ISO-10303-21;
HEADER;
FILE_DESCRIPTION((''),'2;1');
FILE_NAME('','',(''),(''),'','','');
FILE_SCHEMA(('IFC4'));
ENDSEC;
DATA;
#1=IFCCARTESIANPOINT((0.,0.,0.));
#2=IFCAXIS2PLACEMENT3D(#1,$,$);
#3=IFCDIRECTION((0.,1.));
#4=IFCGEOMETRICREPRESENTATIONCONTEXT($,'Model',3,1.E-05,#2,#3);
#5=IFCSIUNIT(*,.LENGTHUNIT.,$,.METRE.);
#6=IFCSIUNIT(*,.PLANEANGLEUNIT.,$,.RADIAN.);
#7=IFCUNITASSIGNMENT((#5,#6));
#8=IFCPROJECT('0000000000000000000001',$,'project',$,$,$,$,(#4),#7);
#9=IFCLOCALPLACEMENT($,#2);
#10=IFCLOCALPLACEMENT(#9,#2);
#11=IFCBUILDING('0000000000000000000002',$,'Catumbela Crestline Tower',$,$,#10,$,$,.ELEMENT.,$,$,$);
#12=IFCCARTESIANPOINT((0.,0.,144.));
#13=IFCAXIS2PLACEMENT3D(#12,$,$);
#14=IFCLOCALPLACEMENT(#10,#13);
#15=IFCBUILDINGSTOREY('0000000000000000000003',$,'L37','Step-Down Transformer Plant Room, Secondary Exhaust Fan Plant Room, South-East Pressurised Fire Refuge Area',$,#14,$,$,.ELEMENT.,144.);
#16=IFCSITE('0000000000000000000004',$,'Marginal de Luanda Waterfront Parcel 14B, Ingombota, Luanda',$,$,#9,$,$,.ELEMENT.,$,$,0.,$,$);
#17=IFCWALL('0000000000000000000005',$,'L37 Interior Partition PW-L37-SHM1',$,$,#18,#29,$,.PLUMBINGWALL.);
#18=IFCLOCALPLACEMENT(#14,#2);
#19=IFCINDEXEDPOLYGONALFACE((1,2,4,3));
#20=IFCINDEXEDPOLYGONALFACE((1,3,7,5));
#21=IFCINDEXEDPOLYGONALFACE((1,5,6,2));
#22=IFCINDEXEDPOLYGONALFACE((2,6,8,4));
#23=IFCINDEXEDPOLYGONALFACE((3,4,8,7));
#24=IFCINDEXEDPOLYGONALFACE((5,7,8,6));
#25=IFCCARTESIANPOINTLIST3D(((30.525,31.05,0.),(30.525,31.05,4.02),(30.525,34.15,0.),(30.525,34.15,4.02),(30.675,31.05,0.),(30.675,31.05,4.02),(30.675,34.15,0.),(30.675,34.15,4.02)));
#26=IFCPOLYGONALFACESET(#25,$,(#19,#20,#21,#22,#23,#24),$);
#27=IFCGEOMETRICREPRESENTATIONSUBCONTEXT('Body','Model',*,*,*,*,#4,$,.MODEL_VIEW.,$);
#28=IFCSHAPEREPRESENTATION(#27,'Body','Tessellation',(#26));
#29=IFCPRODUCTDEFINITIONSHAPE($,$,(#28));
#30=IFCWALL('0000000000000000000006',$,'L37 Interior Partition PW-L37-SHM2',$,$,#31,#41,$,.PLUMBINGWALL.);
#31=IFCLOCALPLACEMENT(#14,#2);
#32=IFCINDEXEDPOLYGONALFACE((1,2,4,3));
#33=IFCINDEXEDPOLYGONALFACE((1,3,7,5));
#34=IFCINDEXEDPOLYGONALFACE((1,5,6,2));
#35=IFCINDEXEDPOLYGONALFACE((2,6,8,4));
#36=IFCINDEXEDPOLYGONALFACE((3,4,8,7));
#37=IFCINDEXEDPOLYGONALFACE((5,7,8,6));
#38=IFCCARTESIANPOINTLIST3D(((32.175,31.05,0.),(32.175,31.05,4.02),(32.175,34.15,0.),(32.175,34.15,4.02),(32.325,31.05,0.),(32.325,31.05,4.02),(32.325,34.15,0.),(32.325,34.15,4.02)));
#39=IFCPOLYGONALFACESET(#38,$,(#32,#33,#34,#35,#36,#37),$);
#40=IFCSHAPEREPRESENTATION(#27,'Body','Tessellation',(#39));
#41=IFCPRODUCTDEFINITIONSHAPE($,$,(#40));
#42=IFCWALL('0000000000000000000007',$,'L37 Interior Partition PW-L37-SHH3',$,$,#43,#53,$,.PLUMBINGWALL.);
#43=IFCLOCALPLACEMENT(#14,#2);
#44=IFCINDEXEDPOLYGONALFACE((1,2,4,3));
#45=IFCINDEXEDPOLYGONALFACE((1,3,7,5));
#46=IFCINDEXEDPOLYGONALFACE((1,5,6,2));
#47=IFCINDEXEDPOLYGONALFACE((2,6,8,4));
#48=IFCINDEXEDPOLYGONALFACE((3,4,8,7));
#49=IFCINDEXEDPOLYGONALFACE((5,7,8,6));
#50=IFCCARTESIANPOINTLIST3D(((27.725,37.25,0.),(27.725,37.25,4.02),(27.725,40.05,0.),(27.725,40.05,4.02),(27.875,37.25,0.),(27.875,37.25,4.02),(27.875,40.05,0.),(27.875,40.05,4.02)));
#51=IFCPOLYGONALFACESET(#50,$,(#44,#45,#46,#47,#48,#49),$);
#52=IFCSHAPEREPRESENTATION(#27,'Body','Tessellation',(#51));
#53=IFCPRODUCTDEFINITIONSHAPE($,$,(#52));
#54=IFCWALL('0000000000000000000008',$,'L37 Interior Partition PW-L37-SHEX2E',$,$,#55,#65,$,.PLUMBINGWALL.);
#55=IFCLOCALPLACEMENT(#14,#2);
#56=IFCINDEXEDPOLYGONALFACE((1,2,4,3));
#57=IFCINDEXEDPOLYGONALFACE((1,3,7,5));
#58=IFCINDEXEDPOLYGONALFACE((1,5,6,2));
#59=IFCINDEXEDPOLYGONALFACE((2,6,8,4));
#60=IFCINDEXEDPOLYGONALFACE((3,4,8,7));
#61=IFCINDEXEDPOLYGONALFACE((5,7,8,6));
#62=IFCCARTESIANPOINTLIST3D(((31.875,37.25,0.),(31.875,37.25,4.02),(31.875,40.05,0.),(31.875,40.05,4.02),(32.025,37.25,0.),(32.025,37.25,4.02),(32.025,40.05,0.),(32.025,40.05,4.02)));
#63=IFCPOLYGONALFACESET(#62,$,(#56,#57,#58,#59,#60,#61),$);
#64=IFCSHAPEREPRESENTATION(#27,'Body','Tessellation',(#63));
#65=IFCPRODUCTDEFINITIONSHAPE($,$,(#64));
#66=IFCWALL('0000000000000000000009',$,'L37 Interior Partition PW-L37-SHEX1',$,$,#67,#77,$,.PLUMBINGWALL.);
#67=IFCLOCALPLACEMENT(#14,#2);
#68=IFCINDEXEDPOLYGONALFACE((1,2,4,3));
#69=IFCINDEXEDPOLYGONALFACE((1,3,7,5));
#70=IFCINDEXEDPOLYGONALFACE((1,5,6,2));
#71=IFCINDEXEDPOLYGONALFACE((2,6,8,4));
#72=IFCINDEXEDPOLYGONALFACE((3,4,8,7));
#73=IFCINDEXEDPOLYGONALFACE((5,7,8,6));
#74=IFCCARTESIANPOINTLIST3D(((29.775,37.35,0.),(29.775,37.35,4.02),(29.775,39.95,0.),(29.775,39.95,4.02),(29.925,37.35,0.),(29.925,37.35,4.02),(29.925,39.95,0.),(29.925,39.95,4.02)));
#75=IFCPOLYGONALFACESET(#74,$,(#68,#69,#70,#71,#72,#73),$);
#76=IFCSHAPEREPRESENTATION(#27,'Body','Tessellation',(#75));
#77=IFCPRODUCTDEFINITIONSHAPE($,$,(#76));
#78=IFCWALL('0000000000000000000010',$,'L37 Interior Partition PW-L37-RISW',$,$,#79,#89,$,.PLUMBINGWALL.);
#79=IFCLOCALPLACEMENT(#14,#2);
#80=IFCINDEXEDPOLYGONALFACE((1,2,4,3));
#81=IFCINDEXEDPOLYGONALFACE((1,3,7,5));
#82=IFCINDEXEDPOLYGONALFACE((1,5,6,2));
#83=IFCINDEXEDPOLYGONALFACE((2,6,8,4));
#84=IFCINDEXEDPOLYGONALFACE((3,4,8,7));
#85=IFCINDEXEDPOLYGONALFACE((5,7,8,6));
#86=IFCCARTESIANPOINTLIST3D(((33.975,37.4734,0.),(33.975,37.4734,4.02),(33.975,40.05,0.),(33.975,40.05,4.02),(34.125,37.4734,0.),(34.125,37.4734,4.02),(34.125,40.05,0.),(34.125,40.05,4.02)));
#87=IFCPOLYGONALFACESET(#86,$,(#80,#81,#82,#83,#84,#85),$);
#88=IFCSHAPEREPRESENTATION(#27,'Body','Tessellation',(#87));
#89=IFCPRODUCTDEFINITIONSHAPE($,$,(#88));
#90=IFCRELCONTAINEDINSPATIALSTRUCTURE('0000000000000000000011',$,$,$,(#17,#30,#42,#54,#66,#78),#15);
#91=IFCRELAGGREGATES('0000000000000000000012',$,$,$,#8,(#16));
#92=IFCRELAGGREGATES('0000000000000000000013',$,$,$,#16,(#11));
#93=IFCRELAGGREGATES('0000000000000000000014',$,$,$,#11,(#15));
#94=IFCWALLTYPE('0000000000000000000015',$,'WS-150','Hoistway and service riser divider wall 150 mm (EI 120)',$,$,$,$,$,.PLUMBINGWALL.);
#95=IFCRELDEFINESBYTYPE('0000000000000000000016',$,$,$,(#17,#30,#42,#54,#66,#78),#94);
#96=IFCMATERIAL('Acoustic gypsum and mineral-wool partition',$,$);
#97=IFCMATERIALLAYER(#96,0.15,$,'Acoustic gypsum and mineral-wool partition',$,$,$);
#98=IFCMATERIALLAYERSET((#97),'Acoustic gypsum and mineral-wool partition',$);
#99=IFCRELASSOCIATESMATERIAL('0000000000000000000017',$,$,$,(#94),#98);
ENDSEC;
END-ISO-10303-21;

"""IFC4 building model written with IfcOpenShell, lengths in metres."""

from ifc_helpers import new_model, si_unit, direction, frame, frame_2d, origin, place, context, subcontext, project, spatial, rectangle, extrude, material, layer, layer_set, type_object, element, save


model = new_model("IFC4")

# Units and contexts
model_context = context("Model", 3, precision=1e-05, world=origin(), true_north=direction((0.0, 1.0)))
body_context = subcontext(model_context, "Body", "Model", "MODEL_VIEW")
ifc_project = project(units=[si_unit("LENGTHUNIT", "METRE"), si_unit("PLANEANGLEUNIT", "RADIAN")], contexts=[model_context])

# Site, building, storey
site_placement = place(None, origin())
site = spatial("IfcSite", under=ifc_project, at=site_placement, Name="Marginal de Luanda Waterfront Parcel 14B, Ingombota, Luanda", CompositionType="ELEMENT", RefElevation=0.0)
building_placement = place(site_placement, origin())
building = spatial("IfcBuilding", under=site, at=building_placement, Name="Catumbela Crestline Tower", CompositionType="ELEMENT")
storey_placement = place(building_placement, frame((0.0, 0.0, 144.0)))
storey = spatial("IfcBuildingStorey", under=building, at=storey_placement, Name="L37", Description="Step-Down Transformer Plant Room, Secondary Exhaust Fan Plant Room, South-East Pressurised Fire Refuge Area", CompositionType="ELEMENT", Elevation=144.0)

# Shared definitions
ifc_material_1 = material(Name="Acoustic gypsum and mineral-wool partition")

# Walls
ifc_layer_1 = layer(ifc_material_1, 0.15, Name="Acoustic gypsum and mineral-wool partition")
ifc_layer_set_1 = layer_set([ifc_layer_1], Name="Acoustic gypsum and mineral-wool partition")
wall_type_1 = type_object("IfcWallType", Name="WS-150", Description="Hoistway and service riser divider wall 150 mm (EI 120)", PredefinedType="PLUMBINGWALL", material=ifc_layer_set_1)
for number, where, z_axis, x_axis, name in (
    (1, (30.6, 31.05, 0.0), (0.0, 0.0, 1.0), (0.0, 1.0, 0.0), "L37 Interior Partition PW-L37-SHM1"),
    (2, (32.25, 31.05, 0.0), (0.0, 0.0, 1.0), (0.0, 1.0, 0.0), "L37 Interior Partition PW-L37-SHM2"),
):
    element("IfcWall", number, at=place(storey_placement, frame(where, z_axis=z_axis, x_axis=x_axis)), inside=storey, type_object=wall_type_1, Name=name, PredefinedType="PLUMBINGWALL", context=body_context, shape_type="SweptSolid", body=[
        extrude(rectangle(XDim=3.1, YDim=0.15, at=frame_2d((1.55, 0.0))), origin(), (0.0, 0.0, 1.0), 4.02),
    ])
for number, where, z_axis, x_axis, name in (
    (3, (27.8, 37.25, 0.0), (0.0, 0.0, 1.0), (0.0, 1.0, 0.0), "L37 Interior Partition PW-L37-SHH3"),
    (4, (31.95, 37.25, 0.0), (0.0, 0.0, 1.0), (0.0, 1.0, 0.0), "L37 Interior Partition PW-L37-SHEX2E"),
):
    element("IfcWall", number, at=place(storey_placement, frame(where, z_axis=z_axis, x_axis=x_axis)), inside=storey, type_object=wall_type_1, Name=name, PredefinedType="PLUMBINGWALL", context=body_context, shape_type="SweptSolid", body=[
        extrude(rectangle(XDim=2.8, YDim=0.15, at=frame_2d((1.4, 0.0))), origin(), (0.0, 0.0, 1.0), 4.02),
    ])
wall_1_placement = place(storey_placement, frame((29.85, 37.35, 0.0), z_axis=(0.0, 0.0, 1.0), x_axis=(0.0, 1.0, 0.0)))
element("IfcWall", 5, at=wall_1_placement, inside=storey, type_object=wall_type_1, Name="L37 Interior Partition PW-L37-SHEX1", PredefinedType="PLUMBINGWALL", context=body_context, shape_type="SweptSolid", body=[
    extrude(rectangle(XDim=2.6, YDim=0.15, at=frame_2d((1.3, 0.0))), origin(), (0.0, 0.0, 1.0), 4.02),
])
wall_2_placement = place(storey_placement, frame((34.05, 37.4734, 0.0), z_axis=(0.0, 0.0, 1.0), x_axis=(0.0, 1.0, 0.0)))
element("IfcWall", 6, at=wall_2_placement, inside=storey, type_object=wall_type_1, Name="L37 Interior Partition PW-L37-RISW", PredefinedType="PLUMBINGWALL", context=body_context, shape_type="SweptSolid", body=[
    extrude(rectangle(XDim=2.5766, YDim=0.15, at=frame_2d((1.2883, 0.0))), origin(), (0.0, 0.0, 1.0), 4.02),
])

save(model, "model.ifc")
